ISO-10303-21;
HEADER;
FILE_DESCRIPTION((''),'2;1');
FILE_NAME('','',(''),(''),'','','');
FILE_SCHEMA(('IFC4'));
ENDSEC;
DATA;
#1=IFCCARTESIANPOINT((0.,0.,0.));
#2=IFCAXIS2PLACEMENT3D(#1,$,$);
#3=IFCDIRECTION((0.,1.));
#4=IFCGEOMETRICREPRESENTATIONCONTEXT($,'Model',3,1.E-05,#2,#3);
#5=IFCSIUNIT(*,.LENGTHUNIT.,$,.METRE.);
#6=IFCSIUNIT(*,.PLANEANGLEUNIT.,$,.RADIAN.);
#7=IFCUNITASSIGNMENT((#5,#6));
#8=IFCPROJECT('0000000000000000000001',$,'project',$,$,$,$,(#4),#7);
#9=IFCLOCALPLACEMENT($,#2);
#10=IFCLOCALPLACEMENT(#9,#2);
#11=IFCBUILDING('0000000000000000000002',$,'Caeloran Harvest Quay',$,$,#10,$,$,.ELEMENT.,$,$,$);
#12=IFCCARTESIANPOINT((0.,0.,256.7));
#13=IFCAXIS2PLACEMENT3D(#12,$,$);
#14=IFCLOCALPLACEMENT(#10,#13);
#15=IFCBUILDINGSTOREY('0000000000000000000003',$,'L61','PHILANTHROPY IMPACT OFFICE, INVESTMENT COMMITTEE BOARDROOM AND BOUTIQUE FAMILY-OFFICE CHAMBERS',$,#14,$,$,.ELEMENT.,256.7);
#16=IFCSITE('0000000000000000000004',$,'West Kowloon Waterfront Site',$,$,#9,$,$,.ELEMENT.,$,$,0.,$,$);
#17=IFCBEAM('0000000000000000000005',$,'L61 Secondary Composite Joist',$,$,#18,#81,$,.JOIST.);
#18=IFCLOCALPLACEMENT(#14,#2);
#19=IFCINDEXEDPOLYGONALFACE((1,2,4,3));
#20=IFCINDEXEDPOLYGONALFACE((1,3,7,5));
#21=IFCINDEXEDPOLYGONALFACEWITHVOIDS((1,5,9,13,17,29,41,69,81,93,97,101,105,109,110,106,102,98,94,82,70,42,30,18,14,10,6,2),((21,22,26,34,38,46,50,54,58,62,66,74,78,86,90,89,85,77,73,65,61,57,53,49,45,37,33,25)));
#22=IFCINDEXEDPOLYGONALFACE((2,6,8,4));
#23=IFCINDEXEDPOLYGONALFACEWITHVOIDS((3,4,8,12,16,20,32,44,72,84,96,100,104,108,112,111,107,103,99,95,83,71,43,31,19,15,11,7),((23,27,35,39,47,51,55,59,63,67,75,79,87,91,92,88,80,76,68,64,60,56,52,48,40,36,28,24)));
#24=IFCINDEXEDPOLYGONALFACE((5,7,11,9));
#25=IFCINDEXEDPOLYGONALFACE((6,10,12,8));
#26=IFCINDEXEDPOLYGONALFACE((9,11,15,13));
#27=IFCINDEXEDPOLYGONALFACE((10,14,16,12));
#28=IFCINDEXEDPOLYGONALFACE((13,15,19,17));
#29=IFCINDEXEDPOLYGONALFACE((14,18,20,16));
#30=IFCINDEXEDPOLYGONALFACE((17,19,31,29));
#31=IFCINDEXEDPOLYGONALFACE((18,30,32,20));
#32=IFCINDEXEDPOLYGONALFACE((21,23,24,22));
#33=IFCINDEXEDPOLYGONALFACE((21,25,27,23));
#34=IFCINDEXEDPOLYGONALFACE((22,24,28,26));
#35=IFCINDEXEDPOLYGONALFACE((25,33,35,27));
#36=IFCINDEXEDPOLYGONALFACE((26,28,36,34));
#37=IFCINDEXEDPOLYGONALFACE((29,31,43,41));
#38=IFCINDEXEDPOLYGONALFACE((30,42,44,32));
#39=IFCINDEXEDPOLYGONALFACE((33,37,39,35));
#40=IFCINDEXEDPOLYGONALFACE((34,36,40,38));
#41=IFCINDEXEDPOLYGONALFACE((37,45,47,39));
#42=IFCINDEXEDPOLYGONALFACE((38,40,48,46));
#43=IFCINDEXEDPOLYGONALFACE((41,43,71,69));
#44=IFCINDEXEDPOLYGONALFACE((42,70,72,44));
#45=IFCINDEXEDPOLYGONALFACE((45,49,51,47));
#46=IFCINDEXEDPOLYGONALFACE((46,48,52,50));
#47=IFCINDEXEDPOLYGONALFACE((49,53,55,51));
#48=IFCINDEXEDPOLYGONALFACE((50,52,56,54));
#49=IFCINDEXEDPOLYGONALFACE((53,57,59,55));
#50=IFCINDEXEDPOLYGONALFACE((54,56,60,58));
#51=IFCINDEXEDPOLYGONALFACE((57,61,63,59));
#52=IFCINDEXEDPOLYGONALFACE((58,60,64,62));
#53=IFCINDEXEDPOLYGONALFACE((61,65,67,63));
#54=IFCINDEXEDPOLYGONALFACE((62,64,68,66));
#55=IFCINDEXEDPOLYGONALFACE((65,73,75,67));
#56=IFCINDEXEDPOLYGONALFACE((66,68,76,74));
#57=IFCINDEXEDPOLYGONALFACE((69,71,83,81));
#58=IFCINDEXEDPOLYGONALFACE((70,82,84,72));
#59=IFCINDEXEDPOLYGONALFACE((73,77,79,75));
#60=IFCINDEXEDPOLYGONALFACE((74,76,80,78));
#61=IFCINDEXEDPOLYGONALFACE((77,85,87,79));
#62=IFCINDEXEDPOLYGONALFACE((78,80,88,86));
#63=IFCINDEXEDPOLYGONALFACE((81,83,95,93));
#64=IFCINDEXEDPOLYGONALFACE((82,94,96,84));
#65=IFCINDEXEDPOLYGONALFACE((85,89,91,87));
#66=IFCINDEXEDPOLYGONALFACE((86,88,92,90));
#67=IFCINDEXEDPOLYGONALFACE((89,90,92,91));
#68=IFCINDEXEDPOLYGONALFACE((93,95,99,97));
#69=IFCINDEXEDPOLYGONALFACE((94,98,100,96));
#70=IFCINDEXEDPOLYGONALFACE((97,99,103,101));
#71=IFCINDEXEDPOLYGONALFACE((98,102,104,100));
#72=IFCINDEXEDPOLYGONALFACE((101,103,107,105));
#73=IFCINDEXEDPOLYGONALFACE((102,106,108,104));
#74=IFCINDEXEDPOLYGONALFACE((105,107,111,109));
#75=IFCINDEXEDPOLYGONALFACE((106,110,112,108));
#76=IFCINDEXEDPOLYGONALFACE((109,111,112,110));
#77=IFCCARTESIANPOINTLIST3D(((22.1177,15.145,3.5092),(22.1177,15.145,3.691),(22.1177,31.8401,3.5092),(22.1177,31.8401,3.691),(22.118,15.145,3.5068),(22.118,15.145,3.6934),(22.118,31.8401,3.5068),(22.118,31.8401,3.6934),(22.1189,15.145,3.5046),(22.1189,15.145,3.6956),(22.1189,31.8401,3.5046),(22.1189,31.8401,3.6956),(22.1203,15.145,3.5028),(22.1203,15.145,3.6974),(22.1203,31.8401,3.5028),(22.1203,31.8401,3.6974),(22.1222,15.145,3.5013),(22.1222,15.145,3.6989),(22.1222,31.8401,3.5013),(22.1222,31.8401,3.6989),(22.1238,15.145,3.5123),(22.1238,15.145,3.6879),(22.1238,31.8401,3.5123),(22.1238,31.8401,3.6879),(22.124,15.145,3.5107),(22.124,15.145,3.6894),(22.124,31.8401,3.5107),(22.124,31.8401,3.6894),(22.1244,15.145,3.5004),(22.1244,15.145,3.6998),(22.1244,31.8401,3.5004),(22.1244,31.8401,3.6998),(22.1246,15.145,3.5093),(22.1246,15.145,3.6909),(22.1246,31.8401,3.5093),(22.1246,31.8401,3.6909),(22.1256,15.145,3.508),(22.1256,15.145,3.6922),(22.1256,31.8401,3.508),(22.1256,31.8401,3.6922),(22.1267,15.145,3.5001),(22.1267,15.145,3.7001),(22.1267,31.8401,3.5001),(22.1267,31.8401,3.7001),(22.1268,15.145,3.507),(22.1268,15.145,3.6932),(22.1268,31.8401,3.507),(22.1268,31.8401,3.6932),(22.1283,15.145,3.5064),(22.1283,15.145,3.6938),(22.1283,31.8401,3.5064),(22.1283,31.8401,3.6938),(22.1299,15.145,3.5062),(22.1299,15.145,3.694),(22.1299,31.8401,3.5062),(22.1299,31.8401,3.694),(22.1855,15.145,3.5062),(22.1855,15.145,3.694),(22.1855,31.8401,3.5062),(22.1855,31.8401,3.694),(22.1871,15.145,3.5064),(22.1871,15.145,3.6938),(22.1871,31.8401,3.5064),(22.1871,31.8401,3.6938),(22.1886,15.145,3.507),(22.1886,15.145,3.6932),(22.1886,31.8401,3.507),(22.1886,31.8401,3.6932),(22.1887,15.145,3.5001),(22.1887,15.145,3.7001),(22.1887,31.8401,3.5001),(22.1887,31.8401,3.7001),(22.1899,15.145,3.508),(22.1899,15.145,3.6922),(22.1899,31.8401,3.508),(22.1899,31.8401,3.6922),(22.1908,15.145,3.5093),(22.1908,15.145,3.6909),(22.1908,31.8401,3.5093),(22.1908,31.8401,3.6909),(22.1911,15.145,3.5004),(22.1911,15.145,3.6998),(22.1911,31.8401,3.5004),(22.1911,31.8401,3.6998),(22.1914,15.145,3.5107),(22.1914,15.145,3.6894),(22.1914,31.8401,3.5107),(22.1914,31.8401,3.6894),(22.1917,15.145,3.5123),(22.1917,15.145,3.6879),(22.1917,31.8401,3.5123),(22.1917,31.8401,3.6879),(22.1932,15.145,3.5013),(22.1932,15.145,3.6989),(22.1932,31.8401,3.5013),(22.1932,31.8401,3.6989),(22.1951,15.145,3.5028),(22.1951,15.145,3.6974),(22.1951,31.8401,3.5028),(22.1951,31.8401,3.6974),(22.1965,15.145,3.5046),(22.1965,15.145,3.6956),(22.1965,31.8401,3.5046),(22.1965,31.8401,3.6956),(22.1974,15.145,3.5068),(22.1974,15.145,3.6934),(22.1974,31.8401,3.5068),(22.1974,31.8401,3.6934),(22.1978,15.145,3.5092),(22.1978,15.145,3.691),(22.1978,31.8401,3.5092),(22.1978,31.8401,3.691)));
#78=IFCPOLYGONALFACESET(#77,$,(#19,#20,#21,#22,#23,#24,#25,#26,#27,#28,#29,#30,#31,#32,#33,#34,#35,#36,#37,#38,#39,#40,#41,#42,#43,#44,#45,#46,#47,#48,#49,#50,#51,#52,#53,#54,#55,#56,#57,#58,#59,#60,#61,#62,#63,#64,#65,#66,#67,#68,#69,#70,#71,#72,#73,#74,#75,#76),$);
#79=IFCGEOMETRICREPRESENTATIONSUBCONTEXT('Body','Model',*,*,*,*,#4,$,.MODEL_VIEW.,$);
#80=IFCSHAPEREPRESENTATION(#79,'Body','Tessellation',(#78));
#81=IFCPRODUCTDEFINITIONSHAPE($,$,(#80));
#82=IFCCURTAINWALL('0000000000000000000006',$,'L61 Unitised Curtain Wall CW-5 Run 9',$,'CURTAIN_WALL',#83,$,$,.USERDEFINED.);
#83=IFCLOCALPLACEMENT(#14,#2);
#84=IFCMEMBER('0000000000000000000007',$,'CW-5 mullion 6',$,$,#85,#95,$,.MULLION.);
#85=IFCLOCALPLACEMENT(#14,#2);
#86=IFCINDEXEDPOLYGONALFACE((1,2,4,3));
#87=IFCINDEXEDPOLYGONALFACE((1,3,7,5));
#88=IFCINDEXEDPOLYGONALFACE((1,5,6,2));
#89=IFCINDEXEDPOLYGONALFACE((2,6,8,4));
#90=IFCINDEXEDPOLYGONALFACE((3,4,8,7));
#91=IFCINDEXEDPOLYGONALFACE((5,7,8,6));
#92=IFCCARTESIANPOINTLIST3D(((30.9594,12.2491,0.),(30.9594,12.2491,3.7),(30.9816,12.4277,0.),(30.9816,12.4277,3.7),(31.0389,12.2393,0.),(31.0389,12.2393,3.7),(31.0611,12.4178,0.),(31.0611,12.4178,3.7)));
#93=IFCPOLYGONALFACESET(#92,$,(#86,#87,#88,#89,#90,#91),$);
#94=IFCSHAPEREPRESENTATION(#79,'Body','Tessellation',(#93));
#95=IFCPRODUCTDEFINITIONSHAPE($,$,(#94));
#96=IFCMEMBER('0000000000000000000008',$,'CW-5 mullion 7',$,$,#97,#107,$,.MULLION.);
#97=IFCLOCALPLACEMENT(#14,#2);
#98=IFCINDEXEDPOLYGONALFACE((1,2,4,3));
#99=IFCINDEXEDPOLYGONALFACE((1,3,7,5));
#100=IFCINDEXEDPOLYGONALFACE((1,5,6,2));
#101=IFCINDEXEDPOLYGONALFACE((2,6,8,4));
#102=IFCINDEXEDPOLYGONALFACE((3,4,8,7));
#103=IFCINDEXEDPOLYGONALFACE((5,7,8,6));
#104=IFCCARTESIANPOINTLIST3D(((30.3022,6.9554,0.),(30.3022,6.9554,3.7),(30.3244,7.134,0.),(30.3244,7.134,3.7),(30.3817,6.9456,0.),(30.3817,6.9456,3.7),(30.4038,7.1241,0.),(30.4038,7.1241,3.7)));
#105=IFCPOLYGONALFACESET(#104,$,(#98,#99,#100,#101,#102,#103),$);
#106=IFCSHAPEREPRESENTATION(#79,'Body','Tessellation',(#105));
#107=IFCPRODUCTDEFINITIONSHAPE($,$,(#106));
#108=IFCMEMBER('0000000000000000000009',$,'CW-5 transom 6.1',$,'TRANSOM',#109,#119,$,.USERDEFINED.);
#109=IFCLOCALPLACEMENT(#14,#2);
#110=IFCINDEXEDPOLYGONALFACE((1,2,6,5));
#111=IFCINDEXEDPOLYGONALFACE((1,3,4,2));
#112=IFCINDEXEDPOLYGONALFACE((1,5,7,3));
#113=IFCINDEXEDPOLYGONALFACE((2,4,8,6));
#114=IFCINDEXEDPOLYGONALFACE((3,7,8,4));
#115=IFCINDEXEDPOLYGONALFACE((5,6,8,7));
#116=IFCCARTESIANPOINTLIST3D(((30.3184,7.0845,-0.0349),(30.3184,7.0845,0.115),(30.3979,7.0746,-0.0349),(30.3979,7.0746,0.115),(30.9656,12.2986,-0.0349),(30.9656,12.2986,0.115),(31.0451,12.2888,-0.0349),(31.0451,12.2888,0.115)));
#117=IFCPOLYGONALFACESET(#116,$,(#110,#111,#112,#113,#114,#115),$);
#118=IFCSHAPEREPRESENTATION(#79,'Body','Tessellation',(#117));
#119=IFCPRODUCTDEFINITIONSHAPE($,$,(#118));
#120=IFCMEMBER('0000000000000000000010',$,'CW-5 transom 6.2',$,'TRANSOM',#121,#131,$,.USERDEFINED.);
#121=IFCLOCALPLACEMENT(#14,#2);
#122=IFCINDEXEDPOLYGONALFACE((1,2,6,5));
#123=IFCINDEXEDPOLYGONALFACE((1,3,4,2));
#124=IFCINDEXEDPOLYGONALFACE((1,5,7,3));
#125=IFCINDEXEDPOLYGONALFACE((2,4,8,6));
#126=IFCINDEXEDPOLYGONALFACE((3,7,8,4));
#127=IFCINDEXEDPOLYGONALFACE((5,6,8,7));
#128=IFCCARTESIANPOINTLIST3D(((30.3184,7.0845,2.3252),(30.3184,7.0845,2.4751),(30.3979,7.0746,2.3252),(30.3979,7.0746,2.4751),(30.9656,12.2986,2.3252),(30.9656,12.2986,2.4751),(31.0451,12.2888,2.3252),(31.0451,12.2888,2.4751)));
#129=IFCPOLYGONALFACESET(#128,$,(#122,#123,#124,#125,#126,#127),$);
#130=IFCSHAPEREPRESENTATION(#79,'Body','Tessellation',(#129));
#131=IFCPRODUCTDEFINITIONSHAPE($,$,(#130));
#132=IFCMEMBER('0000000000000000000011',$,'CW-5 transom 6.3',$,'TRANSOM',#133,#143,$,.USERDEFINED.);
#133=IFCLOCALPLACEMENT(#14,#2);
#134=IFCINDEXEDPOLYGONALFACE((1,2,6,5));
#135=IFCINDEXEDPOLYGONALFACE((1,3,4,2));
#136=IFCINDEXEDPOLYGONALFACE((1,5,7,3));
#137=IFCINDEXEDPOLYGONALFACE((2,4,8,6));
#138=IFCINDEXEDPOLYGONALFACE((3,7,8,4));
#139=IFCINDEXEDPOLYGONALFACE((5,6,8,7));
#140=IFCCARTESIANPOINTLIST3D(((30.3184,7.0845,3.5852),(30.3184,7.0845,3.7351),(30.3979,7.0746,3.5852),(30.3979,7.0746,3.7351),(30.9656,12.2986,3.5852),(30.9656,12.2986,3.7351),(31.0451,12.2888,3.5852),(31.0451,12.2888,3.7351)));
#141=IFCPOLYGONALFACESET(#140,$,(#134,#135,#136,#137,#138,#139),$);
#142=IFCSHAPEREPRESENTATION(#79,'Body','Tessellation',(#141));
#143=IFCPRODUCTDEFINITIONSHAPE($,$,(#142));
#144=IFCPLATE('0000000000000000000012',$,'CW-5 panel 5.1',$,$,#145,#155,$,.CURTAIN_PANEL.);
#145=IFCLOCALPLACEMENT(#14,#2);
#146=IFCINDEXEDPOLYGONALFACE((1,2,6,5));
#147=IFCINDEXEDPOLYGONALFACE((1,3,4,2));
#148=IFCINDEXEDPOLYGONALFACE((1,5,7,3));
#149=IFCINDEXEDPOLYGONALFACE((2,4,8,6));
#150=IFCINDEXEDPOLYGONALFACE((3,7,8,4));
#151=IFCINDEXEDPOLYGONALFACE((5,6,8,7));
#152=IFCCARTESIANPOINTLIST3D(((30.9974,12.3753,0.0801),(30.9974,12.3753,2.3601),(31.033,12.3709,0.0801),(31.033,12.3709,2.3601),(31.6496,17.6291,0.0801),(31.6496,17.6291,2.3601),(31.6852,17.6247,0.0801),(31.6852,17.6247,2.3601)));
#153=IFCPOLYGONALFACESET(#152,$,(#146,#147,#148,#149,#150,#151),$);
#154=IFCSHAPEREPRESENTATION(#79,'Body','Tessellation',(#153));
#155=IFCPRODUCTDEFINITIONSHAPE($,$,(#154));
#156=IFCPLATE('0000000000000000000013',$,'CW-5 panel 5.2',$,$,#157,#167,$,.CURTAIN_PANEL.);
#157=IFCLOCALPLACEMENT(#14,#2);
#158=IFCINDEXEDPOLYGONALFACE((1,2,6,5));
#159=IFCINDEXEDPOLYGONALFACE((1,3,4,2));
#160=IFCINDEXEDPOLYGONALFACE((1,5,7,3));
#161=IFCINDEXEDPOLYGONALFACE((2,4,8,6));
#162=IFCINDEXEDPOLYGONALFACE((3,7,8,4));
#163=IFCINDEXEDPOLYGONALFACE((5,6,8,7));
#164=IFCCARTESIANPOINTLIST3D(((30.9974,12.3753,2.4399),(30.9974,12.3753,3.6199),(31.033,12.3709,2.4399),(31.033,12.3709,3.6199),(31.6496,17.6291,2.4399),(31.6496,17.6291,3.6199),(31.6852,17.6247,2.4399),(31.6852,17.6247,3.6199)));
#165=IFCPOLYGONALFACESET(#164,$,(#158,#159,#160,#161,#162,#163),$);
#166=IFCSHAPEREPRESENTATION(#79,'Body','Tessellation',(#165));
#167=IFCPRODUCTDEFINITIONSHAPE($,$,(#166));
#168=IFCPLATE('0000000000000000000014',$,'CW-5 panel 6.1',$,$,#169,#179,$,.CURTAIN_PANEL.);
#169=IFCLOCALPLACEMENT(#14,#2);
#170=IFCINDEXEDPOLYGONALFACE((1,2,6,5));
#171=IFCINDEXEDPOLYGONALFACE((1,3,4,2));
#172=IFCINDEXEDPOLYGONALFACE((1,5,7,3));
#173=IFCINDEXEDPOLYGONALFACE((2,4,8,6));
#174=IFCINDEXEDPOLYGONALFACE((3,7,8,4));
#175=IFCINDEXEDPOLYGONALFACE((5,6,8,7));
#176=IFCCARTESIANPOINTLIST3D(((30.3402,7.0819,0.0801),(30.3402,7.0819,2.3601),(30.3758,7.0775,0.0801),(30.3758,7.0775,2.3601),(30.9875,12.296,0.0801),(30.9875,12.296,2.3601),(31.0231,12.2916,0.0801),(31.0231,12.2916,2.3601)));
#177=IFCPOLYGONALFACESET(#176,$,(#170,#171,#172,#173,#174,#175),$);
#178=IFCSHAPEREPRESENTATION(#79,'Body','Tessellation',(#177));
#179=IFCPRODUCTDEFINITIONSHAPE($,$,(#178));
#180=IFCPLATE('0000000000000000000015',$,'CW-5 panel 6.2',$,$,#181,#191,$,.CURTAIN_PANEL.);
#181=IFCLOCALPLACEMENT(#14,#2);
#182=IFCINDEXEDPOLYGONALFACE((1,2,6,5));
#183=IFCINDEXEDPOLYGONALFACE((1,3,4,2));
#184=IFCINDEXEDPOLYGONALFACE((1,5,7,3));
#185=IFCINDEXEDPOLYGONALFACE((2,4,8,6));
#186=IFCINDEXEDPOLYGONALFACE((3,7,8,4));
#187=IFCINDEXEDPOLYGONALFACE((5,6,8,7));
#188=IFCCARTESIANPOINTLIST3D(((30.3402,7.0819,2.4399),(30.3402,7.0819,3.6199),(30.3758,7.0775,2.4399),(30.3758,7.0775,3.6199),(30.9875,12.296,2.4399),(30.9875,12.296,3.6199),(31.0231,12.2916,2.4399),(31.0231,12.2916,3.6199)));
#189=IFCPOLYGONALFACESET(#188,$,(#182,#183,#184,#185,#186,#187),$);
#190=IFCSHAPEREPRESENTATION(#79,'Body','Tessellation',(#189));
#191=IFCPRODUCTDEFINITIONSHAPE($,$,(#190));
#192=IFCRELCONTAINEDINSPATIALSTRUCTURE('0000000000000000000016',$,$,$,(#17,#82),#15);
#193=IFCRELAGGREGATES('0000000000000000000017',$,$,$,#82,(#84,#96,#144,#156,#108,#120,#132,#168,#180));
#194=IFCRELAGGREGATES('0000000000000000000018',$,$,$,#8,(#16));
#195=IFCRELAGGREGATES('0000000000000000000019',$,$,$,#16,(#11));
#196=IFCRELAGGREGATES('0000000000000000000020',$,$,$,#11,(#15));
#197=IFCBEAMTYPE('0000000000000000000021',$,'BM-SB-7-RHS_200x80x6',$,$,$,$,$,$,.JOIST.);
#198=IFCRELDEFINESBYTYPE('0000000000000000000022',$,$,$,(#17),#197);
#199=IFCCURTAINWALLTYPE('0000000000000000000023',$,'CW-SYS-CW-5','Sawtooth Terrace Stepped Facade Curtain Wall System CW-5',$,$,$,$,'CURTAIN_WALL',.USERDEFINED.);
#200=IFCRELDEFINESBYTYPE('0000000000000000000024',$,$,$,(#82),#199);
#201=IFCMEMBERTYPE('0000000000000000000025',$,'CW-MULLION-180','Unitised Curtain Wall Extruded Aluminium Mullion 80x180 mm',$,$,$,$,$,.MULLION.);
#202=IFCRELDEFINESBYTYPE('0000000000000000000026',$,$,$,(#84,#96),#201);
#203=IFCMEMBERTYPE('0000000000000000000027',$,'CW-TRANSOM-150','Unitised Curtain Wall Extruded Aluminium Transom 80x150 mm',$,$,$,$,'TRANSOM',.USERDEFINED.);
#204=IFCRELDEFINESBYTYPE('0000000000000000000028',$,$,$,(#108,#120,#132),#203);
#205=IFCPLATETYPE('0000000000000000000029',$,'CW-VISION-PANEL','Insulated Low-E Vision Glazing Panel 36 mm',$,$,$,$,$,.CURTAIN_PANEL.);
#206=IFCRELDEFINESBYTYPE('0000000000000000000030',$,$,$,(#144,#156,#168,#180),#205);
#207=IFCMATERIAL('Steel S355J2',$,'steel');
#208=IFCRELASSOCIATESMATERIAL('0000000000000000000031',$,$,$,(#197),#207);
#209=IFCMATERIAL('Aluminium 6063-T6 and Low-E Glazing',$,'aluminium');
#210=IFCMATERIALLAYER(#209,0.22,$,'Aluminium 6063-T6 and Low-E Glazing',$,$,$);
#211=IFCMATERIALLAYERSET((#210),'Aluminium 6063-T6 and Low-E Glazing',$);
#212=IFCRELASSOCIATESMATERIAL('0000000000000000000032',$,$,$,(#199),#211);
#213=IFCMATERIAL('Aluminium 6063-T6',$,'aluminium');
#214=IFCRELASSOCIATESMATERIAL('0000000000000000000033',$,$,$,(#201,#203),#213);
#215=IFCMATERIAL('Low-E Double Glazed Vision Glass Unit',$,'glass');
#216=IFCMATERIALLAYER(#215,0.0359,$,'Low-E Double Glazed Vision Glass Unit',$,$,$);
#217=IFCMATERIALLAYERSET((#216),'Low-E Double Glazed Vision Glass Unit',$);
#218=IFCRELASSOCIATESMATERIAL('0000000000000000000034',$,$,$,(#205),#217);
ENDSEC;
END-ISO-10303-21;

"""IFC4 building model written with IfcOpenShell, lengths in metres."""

from ifc_helpers import new_model, si_unit, direction, frame, origin, origin_2d, place, context, subcontext, project, spatial, rectangle, hollow_rectangle, extrude, material, layer, layer_set, material_profile, profile_set, type_object, element, aggregate, save


model = new_model("IFC4")

# Units and contexts
model_context = context("Model", 3, precision=1e-05, world=origin(), true_north=direction((0.0, 1.0)))
body_context = subcontext(model_context, "Body", "Model", "MODEL_VIEW")
ifc_project = project(units=[si_unit("LENGTHUNIT", "METRE"), si_unit("PLANEANGLEUNIT", "RADIAN")], contexts=[model_context])

# Site, building, storey
site_placement = place(None, origin())
site = spatial("IfcSite", under=ifc_project, at=site_placement, Name="West Kowloon Waterfront Site", CompositionType="ELEMENT", RefElevation=0.0)
building_placement = place(site_placement, origin())
building = spatial("IfcBuilding", under=site, at=building_placement, Name="Caeloran Harvest Quay", CompositionType="ELEMENT")
storey_placement = place(building_placement, frame((0.0, 0.0, 256.7)))
storey = spatial("IfcBuildingStorey", under=building, at=storey_placement, Name="L61", Description="PHILANTHROPY IMPACT OFFICE, INVESTMENT COMMITTEE BOARDROOM AND BOUTIQUE FAMILY-OFFICE CHAMBERS", CompositionType="ELEMENT", Elevation=256.7)

# Beam
ifc_material_1 = material(Name="Steel S355J2", Category="steel")
ifc_material_profile_1 = material_profile(ifc_material_1, hollow_rectangle(XDim=0.0801, YDim=0.2, WallThickness=0.0061, InnerFilletRadius=0.0061, OuterFilletRadius=0.009, at=origin_2d()), Name="RHS 200x80x6")
ifc_profile_set_1 = profile_set([ifc_material_profile_1], Name="Steel S355J2")
beam_type_1 = type_object("IfcBeamType", Name="BM-SB-7-RHS_200x80x6", PredefinedType="JOIST", material=ifc_profile_set_1)
for number, where, z_axis, x_axis, name in (
    (1, (22.1577, 15.145, 3.6001), (0.0, 1.0, 0.0), (-1.0, 0.0, 0.0), "L61 Secondary Composite Joist"),
):
    element("IfcBeam", number, at=place(storey_placement, frame(where, z_axis=z_axis, x_axis=x_axis)), inside=storey, type_object=beam_type_1, Name=name, PredefinedType="JOIST", context=body_context, shape_type="SweptSolid", body=[
        extrude(hollow_rectangle(XDim=0.0801, YDim=0.2, WallThickness=0.0061, InnerFilletRadius=0.0061, OuterFilletRadius=0.009, at=origin_2d()), origin(), (0.0, 0.0, 1.0), 16.6951),
    ])

# Curtain wall, members, plates
ifc_material_2 = material(Name="Aluminium 6063-T6 and Low-E Glazing", Category="aluminium")
ifc_layer_1 = layer(ifc_material_2, 0.22, Name="Aluminium 6063-T6 and Low-E Glazing")
ifc_layer_set_1 = layer_set([ifc_layer_1], Name="Aluminium 6063-T6 and Low-E Glazing")
curtain_wall_type = type_object("IfcCurtainWallType", Name="CW-SYS-CW-5", Description="Sawtooth Terrace Stepped Facade Curtain Wall System CW-5", ElementType="CURTAIN_WALL", PredefinedType="USERDEFINED", material=ifc_layer_set_1)
curtain_wall_placement = place(storey_placement, origin())
curtain_wall = element("IfcCurtainWall", 2, at=curtain_wall_placement, inside=storey, type_object=curtain_wall_type, Name="L61 Unitised Curtain Wall CW-5 Run 9", ObjectType="CURTAIN_WALL", PredefinedType="USERDEFINED")
ifc_material_3 = material(Name="Aluminium 6063-T6", Category="aluminium")
ifc_material_profile_2 = material_profile(ifc_material_3, rectangle(XDim=0.0801, YDim=0.1799, at=origin_2d()), Name="CW-MULLION-180")
ifc_profile_set_2 = profile_set([ifc_material_profile_2], Name="Aluminium 6063-T6")
member_type_1 = type_object("IfcMemberType", Name="CW-MULLION-180", Description="Unitised Curtain Wall Extruded Aluminium Mullion 80x180 mm", PredefinedType="MULLION", material=ifc_profile_set_2)
member_1_placement = place(storey_placement, frame((31.0103, 12.3335, 0.0), z_axis=(0.0, 0.0, 1.0), x_axis=(0.992383, -0.12319, 0.0)))
member_1 = element("IfcMember", 3, at=member_1_placement, type_object=member_type_1, Name="CW-5 mullion 6", PredefinedType="MULLION", context=body_context, shape_type="SweptSolid", body=[
    extrude(rectangle(XDim=0.0801, YDim=0.1799, at=origin_2d()), origin(), (0.0, 0.0, 1.0), 3.7),
])
member_2_placement = place(storey_placement, frame((30.353, 7.0398, 0.0), z_axis=(0.0, 0.0, 1.0), x_axis=(0.992383, -0.12319, 0.0)))
member_2 = element("IfcMember", 4, at=member_2_placement, type_object=member_type_1, Name="CW-5 mullion 7", PredefinedType="MULLION", context=body_context, shape_type="SweptSolid", body=[
    extrude(rectangle(XDim=0.0801, YDim=0.1799, at=origin_2d()), origin(), (0.0, 0.0, 1.0), 3.7),
])
ifc_material_profile_3 = material_profile(ifc_material_3, rectangle(XDim=0.0801, YDim=0.1499, at=origin_2d()), Name="CW-TRANSOM-150")
ifc_profile_set_3 = profile_set([ifc_material_profile_3], Name="Aluminium 6063-T6")
member_type_2 = type_object("IfcMemberType", Name="CW-TRANSOM-150", Description="Unitised Curtain Wall Extruded Aluminium Transom 80x150 mm", ElementType="TRANSOM", PredefinedType="USERDEFINED", material=ifc_profile_set_3)
member_3_placement = place(storey_placement, frame((31.0054, 12.2937, 0.04), z_axis=(-0.123183, -0.992384, 0.0), x_axis=(0.992384, -0.123183, 0.0)))
member_3 = element("IfcMember", 5, at=member_3_placement, type_object=member_type_2, Name="CW-5 transom 6.1", ObjectType="TRANSOM", PredefinedType="USERDEFINED", context=body_context, shape_type="SweptSolid", body=[
    extrude(rectangle(XDim=0.0801, YDim=0.1499, at=origin_2d()), origin(), (0.0, 0.0, 1.0), 5.2542),
])
member_4_placement = place(storey_placement, frame((31.0054, 12.2937, 2.4001), z_axis=(-0.123183, -0.992384, 0.0), x_axis=(0.992384, -0.123183, 0.0)))
member_4 = element("IfcMember", 6, at=member_4_placement, type_object=member_type_2, Name="CW-5 transom 6.2", ObjectType="TRANSOM", PredefinedType="USERDEFINED", context=body_context, shape_type="SweptSolid", body=[
    extrude(rectangle(XDim=0.0801, YDim=0.1499, at=origin_2d()), origin(), (0.0, 0.0, 1.0), 5.2542),
])
member_5_placement = place(storey_placement, frame((31.0054, 12.2937, 3.6602), z_axis=(-0.123183, -0.992384, 0.0), x_axis=(0.992384, -0.123183, 0.0)))
member_5 = element("IfcMember", 7, at=member_5_placement, type_object=member_type_2, Name="CW-5 transom 6.3", ObjectType="TRANSOM", PredefinedType="USERDEFINED", context=body_context, shape_type="SweptSolid", body=[
    extrude(rectangle(XDim=0.0801, YDim=0.1499, at=origin_2d()), origin(), (0.0, 0.0, 1.0), 5.2542),
])
ifc_material_4 = material(Name="Low-E Double Glazed Vision Glass Unit", Category="glass")
ifc_layer_2 = layer(ifc_material_4, 0.0359, Name="Low-E Double Glazed Vision Glass Unit")
ifc_layer_set_2 = layer_set([ifc_layer_2], Name="Low-E Double Glazed Vision Glass Unit")
plate_type_1 = type_object("IfcPlateType", Name="CW-VISION-PANEL", Description="Insulated Low-E Vision Glazing Panel 36 mm", PredefinedType="CURTAIN_PANEL", material=ifc_layer_set_2)
plate_1_placement = place(storey_placement, frame((31.3413, 15.0, 0.0801), z_axis=(0.0, 0.0, 1.0), x_axis=(-0.12319, -0.992383, 0.0)))
plate_1 = element("IfcPlate", 8, at=plate_1_placement, type_object=plate_type_1, Name="CW-5 panel 5.1", PredefinedType="CURTAIN_PANEL", context=body_context, shape_type="SweptSolid", body=[
    extrude(rectangle(XDim=5.2942, YDim=0.0359, at=origin_2d()), origin(), (0.0, 0.0, 1.0), 2.28),
])
plate_2_placement = place(storey_placement, frame((31.3413, 15.0, 2.4399), z_axis=(0.0, 0.0, 1.0), x_axis=(-0.12319, -0.992383, 0.0)))
plate_2 = element("IfcPlate", 9, at=plate_2_placement, type_object=plate_type_1, Name="CW-5 panel 5.2", PredefinedType="CURTAIN_PANEL", context=body_context, shape_type="SweptSolid", body=[
    extrude(rectangle(XDim=5.2942, YDim=0.0359, at=origin_2d()), origin(), (0.0, 0.0, 1.0), 1.1799),
])
plate_3_placement = place(storey_placement, frame((30.6816, 9.6868, 0.0801), z_axis=(0.0, 0.0, 1.0), x_axis=(-0.12319, -0.992383, 0.0)))
plate_3 = element("IfcPlate", 10, at=plate_3_placement, type_object=plate_type_1, Name="CW-5 panel 6.1", PredefinedType="CURTAIN_PANEL", context=body_context, shape_type="SweptSolid", body=[
    extrude(rectangle(XDim=5.2542, YDim=0.0359, at=origin_2d()), origin(), (0.0, 0.0, 1.0), 2.28),
])
plate_4_placement = place(storey_placement, frame((30.6816, 9.6868, 2.4399), z_axis=(0.0, 0.0, 1.0), x_axis=(-0.12319, -0.992383, 0.0)))
plate_4 = element("IfcPlate", 11, at=plate_4_placement, type_object=plate_type_1, Name="CW-5 panel 6.2", PredefinedType="CURTAIN_PANEL", context=body_context, shape_type="SweptSolid", body=[
    extrude(rectangle(XDim=5.2542, YDim=0.0359, at=origin_2d()), origin(), (0.0, 0.0, 1.0), 1.1799),
])
aggregate(curtain_wall, [member_1, member_2, plate_1, plate_2, member_3, member_4, member_5, plate_3, plate_4])

save(model, "model.ifc")
